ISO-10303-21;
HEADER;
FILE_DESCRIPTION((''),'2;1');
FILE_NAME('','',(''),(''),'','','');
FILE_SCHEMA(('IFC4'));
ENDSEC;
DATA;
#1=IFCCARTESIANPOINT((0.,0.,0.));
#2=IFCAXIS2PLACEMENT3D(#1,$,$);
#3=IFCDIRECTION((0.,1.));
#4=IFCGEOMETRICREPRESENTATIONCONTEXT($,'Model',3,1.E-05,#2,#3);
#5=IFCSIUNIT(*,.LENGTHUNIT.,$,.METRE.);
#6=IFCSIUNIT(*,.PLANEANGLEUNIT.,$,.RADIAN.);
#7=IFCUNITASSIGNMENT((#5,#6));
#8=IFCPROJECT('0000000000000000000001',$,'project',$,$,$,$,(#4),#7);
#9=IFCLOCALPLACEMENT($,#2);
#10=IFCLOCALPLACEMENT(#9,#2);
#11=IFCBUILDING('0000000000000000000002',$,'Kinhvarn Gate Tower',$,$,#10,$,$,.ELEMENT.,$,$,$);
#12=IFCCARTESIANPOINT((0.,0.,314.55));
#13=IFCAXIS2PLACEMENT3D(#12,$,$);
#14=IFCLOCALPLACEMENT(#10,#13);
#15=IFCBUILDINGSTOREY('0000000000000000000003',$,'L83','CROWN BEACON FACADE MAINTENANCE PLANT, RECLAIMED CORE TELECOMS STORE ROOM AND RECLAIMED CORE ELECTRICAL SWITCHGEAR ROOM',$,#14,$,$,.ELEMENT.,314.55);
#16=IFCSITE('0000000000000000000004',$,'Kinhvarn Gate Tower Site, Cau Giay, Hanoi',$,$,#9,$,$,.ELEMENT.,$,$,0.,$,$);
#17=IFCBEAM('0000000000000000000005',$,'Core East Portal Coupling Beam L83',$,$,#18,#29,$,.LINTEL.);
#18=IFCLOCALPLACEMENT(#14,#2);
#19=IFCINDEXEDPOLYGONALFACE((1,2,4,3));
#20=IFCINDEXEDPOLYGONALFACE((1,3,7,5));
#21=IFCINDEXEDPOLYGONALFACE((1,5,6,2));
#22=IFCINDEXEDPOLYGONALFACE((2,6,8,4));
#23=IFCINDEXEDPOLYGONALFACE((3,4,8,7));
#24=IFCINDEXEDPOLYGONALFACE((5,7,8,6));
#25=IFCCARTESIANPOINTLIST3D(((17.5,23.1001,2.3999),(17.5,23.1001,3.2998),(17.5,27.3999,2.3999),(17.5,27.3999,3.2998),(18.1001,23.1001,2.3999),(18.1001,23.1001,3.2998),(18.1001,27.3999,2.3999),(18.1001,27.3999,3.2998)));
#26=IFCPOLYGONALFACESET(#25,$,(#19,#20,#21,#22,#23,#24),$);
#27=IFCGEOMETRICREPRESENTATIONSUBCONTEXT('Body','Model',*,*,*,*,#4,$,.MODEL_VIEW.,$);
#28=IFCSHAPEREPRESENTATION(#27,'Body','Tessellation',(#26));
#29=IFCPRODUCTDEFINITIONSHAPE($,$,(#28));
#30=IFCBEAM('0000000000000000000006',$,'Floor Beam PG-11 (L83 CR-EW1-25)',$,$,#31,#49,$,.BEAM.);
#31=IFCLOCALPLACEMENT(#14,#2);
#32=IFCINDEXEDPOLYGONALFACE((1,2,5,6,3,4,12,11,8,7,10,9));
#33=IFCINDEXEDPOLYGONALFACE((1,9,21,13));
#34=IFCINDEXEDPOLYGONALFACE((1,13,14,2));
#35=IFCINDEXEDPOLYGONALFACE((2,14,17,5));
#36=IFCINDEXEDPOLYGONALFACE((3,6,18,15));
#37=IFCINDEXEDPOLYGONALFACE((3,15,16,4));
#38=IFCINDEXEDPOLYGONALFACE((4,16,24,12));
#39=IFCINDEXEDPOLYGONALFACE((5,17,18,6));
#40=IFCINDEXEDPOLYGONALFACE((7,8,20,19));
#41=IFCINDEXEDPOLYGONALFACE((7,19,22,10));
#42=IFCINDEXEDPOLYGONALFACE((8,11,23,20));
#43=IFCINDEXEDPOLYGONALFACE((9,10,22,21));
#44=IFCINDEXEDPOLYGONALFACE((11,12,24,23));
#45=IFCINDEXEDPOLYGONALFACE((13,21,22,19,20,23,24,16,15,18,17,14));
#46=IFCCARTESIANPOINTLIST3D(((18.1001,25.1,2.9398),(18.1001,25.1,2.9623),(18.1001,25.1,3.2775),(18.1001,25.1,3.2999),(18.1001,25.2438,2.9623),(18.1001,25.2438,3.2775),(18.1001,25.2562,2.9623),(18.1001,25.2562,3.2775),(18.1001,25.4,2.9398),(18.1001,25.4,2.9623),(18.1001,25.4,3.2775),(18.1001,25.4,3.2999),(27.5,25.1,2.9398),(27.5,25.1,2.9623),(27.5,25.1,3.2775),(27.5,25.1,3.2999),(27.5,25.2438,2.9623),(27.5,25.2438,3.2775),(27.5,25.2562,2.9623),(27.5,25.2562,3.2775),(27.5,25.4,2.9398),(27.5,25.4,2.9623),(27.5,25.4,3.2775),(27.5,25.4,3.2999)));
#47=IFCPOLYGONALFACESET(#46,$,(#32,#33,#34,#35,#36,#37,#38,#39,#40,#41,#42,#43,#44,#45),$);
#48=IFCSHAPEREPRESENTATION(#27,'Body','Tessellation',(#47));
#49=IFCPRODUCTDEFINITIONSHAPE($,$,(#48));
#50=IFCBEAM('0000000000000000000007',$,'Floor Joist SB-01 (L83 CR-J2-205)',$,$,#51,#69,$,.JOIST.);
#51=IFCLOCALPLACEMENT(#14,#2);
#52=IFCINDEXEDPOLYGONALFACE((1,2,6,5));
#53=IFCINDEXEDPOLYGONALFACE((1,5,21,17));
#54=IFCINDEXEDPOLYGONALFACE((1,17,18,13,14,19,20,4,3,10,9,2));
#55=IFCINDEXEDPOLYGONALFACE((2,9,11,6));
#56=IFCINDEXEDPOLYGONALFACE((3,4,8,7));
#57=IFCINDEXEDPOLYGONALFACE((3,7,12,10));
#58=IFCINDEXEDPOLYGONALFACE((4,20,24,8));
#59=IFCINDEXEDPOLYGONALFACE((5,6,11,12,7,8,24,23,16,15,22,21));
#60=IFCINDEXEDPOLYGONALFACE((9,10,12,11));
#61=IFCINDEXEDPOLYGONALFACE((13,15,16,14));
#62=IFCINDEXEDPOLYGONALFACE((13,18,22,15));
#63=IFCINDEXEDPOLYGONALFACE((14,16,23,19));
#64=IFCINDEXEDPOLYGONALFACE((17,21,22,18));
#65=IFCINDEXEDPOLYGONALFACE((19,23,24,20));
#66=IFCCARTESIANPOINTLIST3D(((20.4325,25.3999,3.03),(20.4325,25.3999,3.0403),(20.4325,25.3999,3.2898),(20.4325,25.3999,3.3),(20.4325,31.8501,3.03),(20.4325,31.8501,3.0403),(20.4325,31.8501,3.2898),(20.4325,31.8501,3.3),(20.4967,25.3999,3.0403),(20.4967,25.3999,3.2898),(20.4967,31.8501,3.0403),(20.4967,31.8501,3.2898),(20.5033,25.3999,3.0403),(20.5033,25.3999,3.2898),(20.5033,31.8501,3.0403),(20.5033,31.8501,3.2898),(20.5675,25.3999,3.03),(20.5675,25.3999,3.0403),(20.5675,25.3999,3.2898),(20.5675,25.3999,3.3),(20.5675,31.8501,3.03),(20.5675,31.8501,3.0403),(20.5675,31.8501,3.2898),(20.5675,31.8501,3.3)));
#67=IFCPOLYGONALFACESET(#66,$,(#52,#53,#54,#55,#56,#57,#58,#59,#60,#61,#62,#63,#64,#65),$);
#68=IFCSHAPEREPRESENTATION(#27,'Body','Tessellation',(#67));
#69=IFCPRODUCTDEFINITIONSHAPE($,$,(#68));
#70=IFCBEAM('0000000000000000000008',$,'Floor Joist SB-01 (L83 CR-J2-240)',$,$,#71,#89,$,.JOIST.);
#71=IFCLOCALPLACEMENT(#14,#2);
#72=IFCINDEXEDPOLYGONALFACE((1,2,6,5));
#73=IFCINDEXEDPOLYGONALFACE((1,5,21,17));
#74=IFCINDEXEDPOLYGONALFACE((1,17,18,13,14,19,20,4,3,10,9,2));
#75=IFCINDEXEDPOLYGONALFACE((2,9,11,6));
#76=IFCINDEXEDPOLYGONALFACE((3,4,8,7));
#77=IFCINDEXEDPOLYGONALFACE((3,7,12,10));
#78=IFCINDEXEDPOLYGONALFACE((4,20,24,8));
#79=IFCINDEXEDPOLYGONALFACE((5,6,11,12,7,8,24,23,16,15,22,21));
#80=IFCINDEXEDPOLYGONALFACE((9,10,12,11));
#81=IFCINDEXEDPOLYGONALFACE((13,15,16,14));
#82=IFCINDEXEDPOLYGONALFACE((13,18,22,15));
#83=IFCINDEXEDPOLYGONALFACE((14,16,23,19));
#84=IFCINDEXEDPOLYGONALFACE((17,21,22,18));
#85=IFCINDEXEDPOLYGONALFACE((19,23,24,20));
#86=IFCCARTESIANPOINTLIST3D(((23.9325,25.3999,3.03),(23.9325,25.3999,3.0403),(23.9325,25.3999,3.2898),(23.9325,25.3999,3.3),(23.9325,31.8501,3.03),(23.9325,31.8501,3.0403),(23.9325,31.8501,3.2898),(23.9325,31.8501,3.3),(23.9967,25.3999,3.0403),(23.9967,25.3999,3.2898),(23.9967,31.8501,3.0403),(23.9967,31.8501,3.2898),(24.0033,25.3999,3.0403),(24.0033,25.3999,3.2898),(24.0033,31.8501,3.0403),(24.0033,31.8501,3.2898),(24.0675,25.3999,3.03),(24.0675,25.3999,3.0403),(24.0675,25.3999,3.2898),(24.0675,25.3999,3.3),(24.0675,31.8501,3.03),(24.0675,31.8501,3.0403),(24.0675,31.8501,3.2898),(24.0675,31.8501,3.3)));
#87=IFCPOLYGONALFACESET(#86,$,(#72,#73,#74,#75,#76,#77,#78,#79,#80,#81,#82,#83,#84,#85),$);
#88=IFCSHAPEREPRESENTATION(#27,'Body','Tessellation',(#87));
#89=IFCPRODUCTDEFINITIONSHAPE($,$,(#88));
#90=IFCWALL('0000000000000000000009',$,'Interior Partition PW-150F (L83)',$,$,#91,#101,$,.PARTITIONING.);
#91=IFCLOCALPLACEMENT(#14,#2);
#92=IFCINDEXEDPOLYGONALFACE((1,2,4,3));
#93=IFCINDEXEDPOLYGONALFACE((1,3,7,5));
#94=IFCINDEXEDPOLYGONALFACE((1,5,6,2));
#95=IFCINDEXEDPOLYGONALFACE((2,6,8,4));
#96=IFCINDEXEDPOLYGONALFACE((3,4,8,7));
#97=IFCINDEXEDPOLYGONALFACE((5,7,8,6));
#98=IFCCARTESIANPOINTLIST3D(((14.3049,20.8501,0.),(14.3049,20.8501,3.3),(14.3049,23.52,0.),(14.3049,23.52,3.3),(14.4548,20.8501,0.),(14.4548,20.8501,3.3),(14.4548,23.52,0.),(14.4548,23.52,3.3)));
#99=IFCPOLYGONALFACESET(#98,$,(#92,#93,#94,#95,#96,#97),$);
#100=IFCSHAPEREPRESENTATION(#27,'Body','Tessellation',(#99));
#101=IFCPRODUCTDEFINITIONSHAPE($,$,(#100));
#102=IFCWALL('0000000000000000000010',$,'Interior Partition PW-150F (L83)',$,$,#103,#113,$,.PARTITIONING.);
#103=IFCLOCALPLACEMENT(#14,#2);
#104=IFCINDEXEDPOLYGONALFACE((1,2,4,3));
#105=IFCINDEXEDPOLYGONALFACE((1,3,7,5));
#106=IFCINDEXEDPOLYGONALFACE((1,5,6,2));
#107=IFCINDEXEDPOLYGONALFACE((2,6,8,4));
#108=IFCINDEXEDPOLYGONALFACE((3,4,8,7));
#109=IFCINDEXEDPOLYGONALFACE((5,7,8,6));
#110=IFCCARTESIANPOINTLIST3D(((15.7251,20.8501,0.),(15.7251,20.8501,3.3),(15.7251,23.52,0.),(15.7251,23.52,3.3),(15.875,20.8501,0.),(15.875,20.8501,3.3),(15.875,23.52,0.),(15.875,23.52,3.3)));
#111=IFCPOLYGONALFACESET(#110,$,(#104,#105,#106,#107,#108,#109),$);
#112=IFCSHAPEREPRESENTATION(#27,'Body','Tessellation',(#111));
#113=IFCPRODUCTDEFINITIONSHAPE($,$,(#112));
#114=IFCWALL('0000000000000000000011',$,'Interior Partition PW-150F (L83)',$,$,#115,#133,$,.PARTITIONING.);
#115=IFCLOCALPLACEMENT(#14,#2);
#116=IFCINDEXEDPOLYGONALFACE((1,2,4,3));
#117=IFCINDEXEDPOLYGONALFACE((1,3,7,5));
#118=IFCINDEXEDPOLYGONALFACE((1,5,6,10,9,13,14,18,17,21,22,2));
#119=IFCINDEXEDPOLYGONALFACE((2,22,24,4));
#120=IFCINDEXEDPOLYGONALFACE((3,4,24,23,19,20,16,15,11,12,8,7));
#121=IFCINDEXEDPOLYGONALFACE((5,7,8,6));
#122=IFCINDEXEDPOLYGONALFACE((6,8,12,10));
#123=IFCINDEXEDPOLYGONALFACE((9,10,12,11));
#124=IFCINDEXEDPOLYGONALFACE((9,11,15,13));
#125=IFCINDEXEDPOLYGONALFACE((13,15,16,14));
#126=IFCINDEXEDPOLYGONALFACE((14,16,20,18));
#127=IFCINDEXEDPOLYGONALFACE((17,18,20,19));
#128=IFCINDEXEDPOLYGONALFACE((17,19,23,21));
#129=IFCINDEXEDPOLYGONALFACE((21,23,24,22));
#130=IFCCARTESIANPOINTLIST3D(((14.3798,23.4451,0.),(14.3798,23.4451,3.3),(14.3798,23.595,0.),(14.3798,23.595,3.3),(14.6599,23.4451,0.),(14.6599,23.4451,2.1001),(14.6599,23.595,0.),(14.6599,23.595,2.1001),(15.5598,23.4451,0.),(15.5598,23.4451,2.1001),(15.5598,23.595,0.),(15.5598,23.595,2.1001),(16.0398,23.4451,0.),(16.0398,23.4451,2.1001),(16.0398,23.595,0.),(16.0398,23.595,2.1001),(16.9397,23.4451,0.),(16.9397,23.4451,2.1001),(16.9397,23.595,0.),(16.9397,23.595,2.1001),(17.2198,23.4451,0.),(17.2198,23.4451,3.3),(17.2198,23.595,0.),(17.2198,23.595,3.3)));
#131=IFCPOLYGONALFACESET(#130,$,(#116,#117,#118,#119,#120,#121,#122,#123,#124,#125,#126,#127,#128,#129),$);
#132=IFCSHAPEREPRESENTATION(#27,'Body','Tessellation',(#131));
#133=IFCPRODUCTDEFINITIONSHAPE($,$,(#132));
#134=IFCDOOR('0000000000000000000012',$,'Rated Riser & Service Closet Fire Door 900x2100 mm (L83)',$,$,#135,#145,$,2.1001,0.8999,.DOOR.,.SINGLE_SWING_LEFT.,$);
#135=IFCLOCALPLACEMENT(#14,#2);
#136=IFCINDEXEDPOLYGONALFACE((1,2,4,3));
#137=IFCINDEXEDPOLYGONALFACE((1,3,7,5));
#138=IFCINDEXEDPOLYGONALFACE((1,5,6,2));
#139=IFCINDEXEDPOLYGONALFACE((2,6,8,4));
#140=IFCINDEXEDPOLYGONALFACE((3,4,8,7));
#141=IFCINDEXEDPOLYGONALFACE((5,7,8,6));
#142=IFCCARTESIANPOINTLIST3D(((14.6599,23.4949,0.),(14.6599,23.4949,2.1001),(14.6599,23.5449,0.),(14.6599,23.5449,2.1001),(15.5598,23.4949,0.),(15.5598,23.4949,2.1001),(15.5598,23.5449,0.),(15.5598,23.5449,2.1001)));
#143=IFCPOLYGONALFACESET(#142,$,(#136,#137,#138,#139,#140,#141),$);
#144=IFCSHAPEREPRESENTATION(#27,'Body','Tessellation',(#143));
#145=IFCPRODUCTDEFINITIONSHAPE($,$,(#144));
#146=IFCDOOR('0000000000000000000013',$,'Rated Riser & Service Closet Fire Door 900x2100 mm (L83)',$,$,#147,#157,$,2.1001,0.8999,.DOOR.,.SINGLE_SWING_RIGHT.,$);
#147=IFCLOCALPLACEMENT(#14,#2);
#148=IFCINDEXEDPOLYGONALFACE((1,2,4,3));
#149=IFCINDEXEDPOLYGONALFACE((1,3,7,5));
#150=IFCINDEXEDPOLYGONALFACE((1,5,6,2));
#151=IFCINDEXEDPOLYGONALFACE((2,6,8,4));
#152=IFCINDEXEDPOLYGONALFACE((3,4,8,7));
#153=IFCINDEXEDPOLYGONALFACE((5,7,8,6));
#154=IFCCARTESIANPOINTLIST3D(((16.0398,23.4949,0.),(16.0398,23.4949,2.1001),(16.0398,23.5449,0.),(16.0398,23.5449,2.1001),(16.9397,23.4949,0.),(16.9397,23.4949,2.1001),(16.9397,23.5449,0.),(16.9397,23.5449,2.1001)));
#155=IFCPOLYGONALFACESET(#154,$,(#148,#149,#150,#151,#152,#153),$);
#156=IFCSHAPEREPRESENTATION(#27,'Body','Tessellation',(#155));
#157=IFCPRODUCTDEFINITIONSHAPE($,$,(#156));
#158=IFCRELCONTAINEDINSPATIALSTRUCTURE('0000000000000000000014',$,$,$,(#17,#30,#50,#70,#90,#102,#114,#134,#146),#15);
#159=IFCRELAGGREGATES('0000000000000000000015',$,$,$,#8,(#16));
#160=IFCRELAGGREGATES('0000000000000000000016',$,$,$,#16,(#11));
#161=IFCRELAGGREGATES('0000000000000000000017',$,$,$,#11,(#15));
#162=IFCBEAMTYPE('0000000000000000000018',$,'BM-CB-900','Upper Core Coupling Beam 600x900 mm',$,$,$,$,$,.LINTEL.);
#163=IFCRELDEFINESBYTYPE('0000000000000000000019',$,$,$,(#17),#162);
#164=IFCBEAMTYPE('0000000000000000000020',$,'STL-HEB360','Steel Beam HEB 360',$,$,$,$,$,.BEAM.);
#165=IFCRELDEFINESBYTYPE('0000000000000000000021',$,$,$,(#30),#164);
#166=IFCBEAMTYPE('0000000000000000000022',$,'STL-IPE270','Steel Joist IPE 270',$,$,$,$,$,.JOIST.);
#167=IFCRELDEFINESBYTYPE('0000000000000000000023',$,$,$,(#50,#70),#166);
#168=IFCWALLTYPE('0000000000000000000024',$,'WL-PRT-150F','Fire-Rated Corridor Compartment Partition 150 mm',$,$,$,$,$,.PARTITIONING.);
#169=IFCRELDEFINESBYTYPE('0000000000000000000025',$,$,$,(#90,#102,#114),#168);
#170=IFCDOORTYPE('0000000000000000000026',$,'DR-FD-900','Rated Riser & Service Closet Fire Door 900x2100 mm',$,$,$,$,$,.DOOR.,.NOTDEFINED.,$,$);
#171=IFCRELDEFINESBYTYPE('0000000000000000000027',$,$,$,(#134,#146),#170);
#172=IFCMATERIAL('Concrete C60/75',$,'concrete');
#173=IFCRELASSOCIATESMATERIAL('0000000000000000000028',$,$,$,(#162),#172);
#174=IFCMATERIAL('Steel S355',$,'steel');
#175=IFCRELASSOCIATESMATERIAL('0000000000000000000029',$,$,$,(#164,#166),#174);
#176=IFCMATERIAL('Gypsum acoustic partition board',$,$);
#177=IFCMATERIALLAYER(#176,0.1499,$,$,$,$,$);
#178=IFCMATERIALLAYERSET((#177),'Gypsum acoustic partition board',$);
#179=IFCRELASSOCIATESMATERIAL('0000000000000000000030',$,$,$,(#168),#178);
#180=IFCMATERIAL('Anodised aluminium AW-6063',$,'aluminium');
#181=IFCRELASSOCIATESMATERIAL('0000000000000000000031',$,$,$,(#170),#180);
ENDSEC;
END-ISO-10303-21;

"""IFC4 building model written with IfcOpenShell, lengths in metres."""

from ifc_helpers import new_model, si_unit, direction, frame, frame_2d, origin, origin_2d, place, context, subcontext, project, spatial, rectangle, i_section, extrude, material, layer, layer_set, material_profile, profile_set, type_object, element, fill, save


model = new_model("IFC4")

# Units and contexts
model_context = context("Model", 3, precision=1e-05, world=origin(), true_north=direction((0.0, 1.0)))
body_context = subcontext(model_context, "Body", "Model", "MODEL_VIEW")
ifc_project = project(units=[si_unit("LENGTHUNIT", "METRE"), si_unit("PLANEANGLEUNIT", "RADIAN")], contexts=[model_context])

# Site, building, storey
site_placement = place(None, origin())
site = spatial("IfcSite", under=ifc_project, at=site_placement, Name="Kinhvarn Gate Tower Site, Cau Giay, Hanoi", CompositionType="ELEMENT", RefElevation=0.0)
building_placement = place(site_placement, origin())
building = spatial("IfcBuilding", under=site, at=building_placement, Name="Kinhvarn Gate Tower", CompositionType="ELEMENT")
storey_placement = place(building_placement, frame((0.0, 0.0, 314.55)))
storey = spatial("IfcBuildingStorey", under=building, at=storey_placement, Name="L83", Description="CROWN BEACON FACADE MAINTENANCE PLANT, RECLAIMED CORE TELECOMS STORE ROOM AND RECLAIMED CORE ELECTRICAL SWITCHGEAR ROOM", CompositionType="ELEMENT", Elevation=314.55)

# Beams
ifc_material_1 = material(Name="Concrete C60/75", Category="concrete")
ifc_material_profile_1 = material_profile(ifc_material_1, rectangle(XDim=0.6001, YDim=0.8999, at=origin_2d()), Name="RC 600x900")
ifc_profile_set_1 = profile_set([ifc_material_profile_1], Name="Concrete C60/75")
beam_type_1 = type_object("IfcBeamType", Name="BM-CB-900", Description="Upper Core Coupling Beam 600x900 mm", PredefinedType="LINTEL", material=ifc_profile_set_1)
beam_1_placement = place(storey_placement, frame((17.8, 23.1001, 2.8499), z_axis=(0.0, 1.0, 0.0), x_axis=(-1.0, 0.0, 0.0)))
element("IfcBeam", 1, at=beam_1_placement, inside=storey, type_object=beam_type_1, Name="Core East Portal Coupling Beam L83", PredefinedType="LINTEL", context=body_context, shape_type="SweptSolid", body=[
    extrude(rectangle(XDim=0.6001, YDim=0.8999, at=origin_2d()), origin(), (0.0, 0.0, 1.0), 4.2998),
])
ifc_material_2 = material(Name="Steel S355", Category="steel")
ifc_material_profile_2 = material_profile(ifc_material_2, i_section(OverallWidth=0.3, OverallDepth=0.3601, WebThickness=0.0125, FlangeThickness=0.0225, at=origin_2d()), Name="HEB 360")
ifc_profile_set_2 = profile_set([ifc_material_profile_2], Name="Steel S355")
beam_type_2 = type_object("IfcBeamType", Name="STL-HEB360", Description="Steel Beam HEB 360", PredefinedType="BEAM", material=ifc_profile_set_2)
beam_2_placement = place(storey_placement, frame((18.1001, 25.25, 3.1199), z_axis=(1.0, 0.0, 0.0), x_axis=(0.0, 1.0, 0.0)))
element("IfcBeam", 2, at=beam_2_placement, inside=storey, type_object=beam_type_2, Name="Floor Beam PG-11 (L83 CR-EW1-25)", PredefinedType="BEAM", context=body_context, shape_type="SweptSolid", body=[
    extrude(i_section(OverallWidth=0.3, OverallDepth=0.3601, WebThickness=0.0125, FlangeThickness=0.0225, at=origin_2d()), origin(), (0.0, 0.0, 1.0), 9.3999),
])
ifc_material_profile_3 = material_profile(ifc_material_2, i_section(OverallWidth=0.135, OverallDepth=0.27, WebThickness=0.0066, FlangeThickness=0.0103, at=origin_2d()), Name="IPE 270")
ifc_profile_set_3 = profile_set([ifc_material_profile_3], Name="Steel S355")
beam_type_3 = type_object("IfcBeamType", Name="STL-IPE270", Description="Steel Joist IPE 270", PredefinedType="JOIST", material=ifc_profile_set_3)
for number, where, z_axis, x_axis, name in (
    (3, (20.5, 25.3999, 3.165), (0.0, 1.0, 0.0), (-1.0, 0.0, 0.0), "Floor Joist SB-01 (L83 CR-J2-205)"),
    (4, (24.0, 25.3999, 3.165), (0.0, 1.0, 0.0), (-1.0, 0.0, 0.0), "Floor Joist SB-01 (L83 CR-J2-240)"),
):
    element("IfcBeam", number, at=place(storey_placement, frame(where, z_axis=z_axis, x_axis=x_axis)), inside=storey, type_object=beam_type_3, Name=name, PredefinedType="JOIST", context=body_context, shape_type="SweptSolid", body=[
        extrude(i_section(OverallWidth=0.135, OverallDepth=0.27, WebThickness=0.0066, FlangeThickness=0.0103, at=origin_2d()), origin(), (0.0, 0.0, 1.0), 6.4502),
    ])

# Walls
ifc_material_3 = material(Name="Gypsum acoustic partition board")
ifc_layer_1 = layer(ifc_material_3, 0.1499)
ifc_layer_set_1 = layer_set([ifc_layer_1], Name="Gypsum acoustic partition board")
wall_type_1 = type_object("IfcWallType", Name="WL-PRT-150F", Description="Fire-Rated Corridor Compartment Partition 150 mm", PredefinedType="PARTITIONING", material=ifc_layer_set_1)
for number, where, z_axis, x_axis, name in (
    (5, (14.3799, 20.8501, 0.0), (0.0, 0.0, 1.0), (0.0, 1.0, 0.0), "Interior Partition PW-150F (L83)"),
    (6, (15.8, 20.8501, 0.0), (0.0, 0.0, 1.0), (0.0, 1.0, 0.0), "Interior Partition PW-150F (L83)"),
):
    element("IfcWall", number, at=place(storey_placement, frame(where, z_axis=z_axis, x_axis=x_axis)), inside=storey, type_object=wall_type_1, Name=name, PredefinedType="PARTITIONING", context=body_context, shape_type="SweptSolid", body=[
        extrude(rectangle(XDim=2.6699, YDim=0.1499, at=frame_2d((1.335, 0.0))), origin(), (0.0, 0.0, 1.0), 3.3),
    ])

# Wall, openings, doors
wall_1_placement = place(storey_placement, frame((14.3799, 23.52, 0.0), z_axis=(0.0, 0.0, 1.0), x_axis=(1.0, 0.0, 0.0)))
wall_1 = element("IfcWall", 7, at=wall_1_placement, inside=storey, type_object=wall_type_1, Name="Interior Partition PW-150F (L83)", PredefinedType="PARTITIONING", context=body_context, shape_type="SweptSolid", body=[
    extrude(rectangle(XDim=2.8401, YDim=0.1499, at=frame_2d((1.4199, 0.0))), origin(), (0.0, 0.0, 1.0), 3.3),
])
opening_1_placement = place(wall_1_placement, frame((0.28, 0.0, 0.0)))
opening_1 = element("IfcOpeningElement", 8, at=opening_1_placement, cuts=wall_1, PredefinedType="OPENING", context=body_context, shape_type="SweptSolid", body=[
    extrude(rectangle(XDim=0.8999, YDim=2.1001, at=frame_2d((0.45, 1.05))), frame((0.0, 0.085, 0.0), z_axis=(0.0, -1.0, 0.0), x_axis=(1.0, 0.0, 0.0)), (0.0, 0.0, 1.0), 0.1699),
])
opening_2_placement = place(wall_1_placement, frame((1.6599, 0.0, 0.0)))
opening_2 = element("IfcOpeningElement", 9, at=opening_2_placement, cuts=wall_1, PredefinedType="OPENING", context=body_context, shape_type="SweptSolid", body=[
    extrude(rectangle(XDim=0.8999, YDim=2.1001, at=frame_2d((0.45, 1.05))), frame((0.0, 0.085, 0.0), z_axis=(0.0, -1.0, 0.0), x_axis=(1.0, 0.0, 0.0)), (0.0, 0.0, 1.0), 0.1699),
])
ifc_material_4 = material(Name="Anodised aluminium AW-6063", Category="aluminium")
door_type_1 = type_object("IfcDoorType", Name="DR-FD-900", Description="Rated Riser & Service Closet Fire Door 900x2100 mm", OperationType="NOTDEFINED", PredefinedType="DOOR", material=ifc_material_4)
door_1_placement = place(opening_1_placement, origin())
door_1 = element("IfcDoor", 10, at=door_1_placement, inside=storey, type_object=door_type_1, Name="Rated Riser & Service Closet Fire Door 900x2100 mm (L83)", OperationType="SINGLE_SWING_LEFT", OverallHeight=2.1001, OverallWidth=0.8999, PredefinedType="DOOR", context=body_context, shape_type="SweptSolid", body=[
    extrude(rectangle(XDim=0.8999, YDim=2.1001, at=frame_2d((0.45, 1.05))), frame((0.0, 0.0249, 0.0), z_axis=(0.0, -1.0, 0.0), x_axis=(1.0, 0.0, 0.0)), (0.0, 0.0, 1.0), 0.05),
])
fill(opening_1, door_1)
door_2_placement = place(opening_2_placement, origin())
door_2 = element("IfcDoor", 11, at=door_2_placement, inside=storey, type_object=door_type_1, Name="Rated Riser & Service Closet Fire Door 900x2100 mm (L83)", OperationType="SINGLE_SWING_RIGHT", OverallHeight=2.1001, OverallWidth=0.8999, PredefinedType="DOOR", context=body_context, shape_type="SweptSolid", body=[
    extrude(rectangle(XDim=0.8999, YDim=2.1001, at=frame_2d((0.45, 1.05))), frame((0.0, 0.0249, 0.0), z_axis=(0.0, -1.0, 0.0), x_axis=(1.0, 0.0, 0.0)), (0.0, 0.0, 1.0), 0.05),
])
fill(opening_2, door_2)

save(model, "model.ifc")
